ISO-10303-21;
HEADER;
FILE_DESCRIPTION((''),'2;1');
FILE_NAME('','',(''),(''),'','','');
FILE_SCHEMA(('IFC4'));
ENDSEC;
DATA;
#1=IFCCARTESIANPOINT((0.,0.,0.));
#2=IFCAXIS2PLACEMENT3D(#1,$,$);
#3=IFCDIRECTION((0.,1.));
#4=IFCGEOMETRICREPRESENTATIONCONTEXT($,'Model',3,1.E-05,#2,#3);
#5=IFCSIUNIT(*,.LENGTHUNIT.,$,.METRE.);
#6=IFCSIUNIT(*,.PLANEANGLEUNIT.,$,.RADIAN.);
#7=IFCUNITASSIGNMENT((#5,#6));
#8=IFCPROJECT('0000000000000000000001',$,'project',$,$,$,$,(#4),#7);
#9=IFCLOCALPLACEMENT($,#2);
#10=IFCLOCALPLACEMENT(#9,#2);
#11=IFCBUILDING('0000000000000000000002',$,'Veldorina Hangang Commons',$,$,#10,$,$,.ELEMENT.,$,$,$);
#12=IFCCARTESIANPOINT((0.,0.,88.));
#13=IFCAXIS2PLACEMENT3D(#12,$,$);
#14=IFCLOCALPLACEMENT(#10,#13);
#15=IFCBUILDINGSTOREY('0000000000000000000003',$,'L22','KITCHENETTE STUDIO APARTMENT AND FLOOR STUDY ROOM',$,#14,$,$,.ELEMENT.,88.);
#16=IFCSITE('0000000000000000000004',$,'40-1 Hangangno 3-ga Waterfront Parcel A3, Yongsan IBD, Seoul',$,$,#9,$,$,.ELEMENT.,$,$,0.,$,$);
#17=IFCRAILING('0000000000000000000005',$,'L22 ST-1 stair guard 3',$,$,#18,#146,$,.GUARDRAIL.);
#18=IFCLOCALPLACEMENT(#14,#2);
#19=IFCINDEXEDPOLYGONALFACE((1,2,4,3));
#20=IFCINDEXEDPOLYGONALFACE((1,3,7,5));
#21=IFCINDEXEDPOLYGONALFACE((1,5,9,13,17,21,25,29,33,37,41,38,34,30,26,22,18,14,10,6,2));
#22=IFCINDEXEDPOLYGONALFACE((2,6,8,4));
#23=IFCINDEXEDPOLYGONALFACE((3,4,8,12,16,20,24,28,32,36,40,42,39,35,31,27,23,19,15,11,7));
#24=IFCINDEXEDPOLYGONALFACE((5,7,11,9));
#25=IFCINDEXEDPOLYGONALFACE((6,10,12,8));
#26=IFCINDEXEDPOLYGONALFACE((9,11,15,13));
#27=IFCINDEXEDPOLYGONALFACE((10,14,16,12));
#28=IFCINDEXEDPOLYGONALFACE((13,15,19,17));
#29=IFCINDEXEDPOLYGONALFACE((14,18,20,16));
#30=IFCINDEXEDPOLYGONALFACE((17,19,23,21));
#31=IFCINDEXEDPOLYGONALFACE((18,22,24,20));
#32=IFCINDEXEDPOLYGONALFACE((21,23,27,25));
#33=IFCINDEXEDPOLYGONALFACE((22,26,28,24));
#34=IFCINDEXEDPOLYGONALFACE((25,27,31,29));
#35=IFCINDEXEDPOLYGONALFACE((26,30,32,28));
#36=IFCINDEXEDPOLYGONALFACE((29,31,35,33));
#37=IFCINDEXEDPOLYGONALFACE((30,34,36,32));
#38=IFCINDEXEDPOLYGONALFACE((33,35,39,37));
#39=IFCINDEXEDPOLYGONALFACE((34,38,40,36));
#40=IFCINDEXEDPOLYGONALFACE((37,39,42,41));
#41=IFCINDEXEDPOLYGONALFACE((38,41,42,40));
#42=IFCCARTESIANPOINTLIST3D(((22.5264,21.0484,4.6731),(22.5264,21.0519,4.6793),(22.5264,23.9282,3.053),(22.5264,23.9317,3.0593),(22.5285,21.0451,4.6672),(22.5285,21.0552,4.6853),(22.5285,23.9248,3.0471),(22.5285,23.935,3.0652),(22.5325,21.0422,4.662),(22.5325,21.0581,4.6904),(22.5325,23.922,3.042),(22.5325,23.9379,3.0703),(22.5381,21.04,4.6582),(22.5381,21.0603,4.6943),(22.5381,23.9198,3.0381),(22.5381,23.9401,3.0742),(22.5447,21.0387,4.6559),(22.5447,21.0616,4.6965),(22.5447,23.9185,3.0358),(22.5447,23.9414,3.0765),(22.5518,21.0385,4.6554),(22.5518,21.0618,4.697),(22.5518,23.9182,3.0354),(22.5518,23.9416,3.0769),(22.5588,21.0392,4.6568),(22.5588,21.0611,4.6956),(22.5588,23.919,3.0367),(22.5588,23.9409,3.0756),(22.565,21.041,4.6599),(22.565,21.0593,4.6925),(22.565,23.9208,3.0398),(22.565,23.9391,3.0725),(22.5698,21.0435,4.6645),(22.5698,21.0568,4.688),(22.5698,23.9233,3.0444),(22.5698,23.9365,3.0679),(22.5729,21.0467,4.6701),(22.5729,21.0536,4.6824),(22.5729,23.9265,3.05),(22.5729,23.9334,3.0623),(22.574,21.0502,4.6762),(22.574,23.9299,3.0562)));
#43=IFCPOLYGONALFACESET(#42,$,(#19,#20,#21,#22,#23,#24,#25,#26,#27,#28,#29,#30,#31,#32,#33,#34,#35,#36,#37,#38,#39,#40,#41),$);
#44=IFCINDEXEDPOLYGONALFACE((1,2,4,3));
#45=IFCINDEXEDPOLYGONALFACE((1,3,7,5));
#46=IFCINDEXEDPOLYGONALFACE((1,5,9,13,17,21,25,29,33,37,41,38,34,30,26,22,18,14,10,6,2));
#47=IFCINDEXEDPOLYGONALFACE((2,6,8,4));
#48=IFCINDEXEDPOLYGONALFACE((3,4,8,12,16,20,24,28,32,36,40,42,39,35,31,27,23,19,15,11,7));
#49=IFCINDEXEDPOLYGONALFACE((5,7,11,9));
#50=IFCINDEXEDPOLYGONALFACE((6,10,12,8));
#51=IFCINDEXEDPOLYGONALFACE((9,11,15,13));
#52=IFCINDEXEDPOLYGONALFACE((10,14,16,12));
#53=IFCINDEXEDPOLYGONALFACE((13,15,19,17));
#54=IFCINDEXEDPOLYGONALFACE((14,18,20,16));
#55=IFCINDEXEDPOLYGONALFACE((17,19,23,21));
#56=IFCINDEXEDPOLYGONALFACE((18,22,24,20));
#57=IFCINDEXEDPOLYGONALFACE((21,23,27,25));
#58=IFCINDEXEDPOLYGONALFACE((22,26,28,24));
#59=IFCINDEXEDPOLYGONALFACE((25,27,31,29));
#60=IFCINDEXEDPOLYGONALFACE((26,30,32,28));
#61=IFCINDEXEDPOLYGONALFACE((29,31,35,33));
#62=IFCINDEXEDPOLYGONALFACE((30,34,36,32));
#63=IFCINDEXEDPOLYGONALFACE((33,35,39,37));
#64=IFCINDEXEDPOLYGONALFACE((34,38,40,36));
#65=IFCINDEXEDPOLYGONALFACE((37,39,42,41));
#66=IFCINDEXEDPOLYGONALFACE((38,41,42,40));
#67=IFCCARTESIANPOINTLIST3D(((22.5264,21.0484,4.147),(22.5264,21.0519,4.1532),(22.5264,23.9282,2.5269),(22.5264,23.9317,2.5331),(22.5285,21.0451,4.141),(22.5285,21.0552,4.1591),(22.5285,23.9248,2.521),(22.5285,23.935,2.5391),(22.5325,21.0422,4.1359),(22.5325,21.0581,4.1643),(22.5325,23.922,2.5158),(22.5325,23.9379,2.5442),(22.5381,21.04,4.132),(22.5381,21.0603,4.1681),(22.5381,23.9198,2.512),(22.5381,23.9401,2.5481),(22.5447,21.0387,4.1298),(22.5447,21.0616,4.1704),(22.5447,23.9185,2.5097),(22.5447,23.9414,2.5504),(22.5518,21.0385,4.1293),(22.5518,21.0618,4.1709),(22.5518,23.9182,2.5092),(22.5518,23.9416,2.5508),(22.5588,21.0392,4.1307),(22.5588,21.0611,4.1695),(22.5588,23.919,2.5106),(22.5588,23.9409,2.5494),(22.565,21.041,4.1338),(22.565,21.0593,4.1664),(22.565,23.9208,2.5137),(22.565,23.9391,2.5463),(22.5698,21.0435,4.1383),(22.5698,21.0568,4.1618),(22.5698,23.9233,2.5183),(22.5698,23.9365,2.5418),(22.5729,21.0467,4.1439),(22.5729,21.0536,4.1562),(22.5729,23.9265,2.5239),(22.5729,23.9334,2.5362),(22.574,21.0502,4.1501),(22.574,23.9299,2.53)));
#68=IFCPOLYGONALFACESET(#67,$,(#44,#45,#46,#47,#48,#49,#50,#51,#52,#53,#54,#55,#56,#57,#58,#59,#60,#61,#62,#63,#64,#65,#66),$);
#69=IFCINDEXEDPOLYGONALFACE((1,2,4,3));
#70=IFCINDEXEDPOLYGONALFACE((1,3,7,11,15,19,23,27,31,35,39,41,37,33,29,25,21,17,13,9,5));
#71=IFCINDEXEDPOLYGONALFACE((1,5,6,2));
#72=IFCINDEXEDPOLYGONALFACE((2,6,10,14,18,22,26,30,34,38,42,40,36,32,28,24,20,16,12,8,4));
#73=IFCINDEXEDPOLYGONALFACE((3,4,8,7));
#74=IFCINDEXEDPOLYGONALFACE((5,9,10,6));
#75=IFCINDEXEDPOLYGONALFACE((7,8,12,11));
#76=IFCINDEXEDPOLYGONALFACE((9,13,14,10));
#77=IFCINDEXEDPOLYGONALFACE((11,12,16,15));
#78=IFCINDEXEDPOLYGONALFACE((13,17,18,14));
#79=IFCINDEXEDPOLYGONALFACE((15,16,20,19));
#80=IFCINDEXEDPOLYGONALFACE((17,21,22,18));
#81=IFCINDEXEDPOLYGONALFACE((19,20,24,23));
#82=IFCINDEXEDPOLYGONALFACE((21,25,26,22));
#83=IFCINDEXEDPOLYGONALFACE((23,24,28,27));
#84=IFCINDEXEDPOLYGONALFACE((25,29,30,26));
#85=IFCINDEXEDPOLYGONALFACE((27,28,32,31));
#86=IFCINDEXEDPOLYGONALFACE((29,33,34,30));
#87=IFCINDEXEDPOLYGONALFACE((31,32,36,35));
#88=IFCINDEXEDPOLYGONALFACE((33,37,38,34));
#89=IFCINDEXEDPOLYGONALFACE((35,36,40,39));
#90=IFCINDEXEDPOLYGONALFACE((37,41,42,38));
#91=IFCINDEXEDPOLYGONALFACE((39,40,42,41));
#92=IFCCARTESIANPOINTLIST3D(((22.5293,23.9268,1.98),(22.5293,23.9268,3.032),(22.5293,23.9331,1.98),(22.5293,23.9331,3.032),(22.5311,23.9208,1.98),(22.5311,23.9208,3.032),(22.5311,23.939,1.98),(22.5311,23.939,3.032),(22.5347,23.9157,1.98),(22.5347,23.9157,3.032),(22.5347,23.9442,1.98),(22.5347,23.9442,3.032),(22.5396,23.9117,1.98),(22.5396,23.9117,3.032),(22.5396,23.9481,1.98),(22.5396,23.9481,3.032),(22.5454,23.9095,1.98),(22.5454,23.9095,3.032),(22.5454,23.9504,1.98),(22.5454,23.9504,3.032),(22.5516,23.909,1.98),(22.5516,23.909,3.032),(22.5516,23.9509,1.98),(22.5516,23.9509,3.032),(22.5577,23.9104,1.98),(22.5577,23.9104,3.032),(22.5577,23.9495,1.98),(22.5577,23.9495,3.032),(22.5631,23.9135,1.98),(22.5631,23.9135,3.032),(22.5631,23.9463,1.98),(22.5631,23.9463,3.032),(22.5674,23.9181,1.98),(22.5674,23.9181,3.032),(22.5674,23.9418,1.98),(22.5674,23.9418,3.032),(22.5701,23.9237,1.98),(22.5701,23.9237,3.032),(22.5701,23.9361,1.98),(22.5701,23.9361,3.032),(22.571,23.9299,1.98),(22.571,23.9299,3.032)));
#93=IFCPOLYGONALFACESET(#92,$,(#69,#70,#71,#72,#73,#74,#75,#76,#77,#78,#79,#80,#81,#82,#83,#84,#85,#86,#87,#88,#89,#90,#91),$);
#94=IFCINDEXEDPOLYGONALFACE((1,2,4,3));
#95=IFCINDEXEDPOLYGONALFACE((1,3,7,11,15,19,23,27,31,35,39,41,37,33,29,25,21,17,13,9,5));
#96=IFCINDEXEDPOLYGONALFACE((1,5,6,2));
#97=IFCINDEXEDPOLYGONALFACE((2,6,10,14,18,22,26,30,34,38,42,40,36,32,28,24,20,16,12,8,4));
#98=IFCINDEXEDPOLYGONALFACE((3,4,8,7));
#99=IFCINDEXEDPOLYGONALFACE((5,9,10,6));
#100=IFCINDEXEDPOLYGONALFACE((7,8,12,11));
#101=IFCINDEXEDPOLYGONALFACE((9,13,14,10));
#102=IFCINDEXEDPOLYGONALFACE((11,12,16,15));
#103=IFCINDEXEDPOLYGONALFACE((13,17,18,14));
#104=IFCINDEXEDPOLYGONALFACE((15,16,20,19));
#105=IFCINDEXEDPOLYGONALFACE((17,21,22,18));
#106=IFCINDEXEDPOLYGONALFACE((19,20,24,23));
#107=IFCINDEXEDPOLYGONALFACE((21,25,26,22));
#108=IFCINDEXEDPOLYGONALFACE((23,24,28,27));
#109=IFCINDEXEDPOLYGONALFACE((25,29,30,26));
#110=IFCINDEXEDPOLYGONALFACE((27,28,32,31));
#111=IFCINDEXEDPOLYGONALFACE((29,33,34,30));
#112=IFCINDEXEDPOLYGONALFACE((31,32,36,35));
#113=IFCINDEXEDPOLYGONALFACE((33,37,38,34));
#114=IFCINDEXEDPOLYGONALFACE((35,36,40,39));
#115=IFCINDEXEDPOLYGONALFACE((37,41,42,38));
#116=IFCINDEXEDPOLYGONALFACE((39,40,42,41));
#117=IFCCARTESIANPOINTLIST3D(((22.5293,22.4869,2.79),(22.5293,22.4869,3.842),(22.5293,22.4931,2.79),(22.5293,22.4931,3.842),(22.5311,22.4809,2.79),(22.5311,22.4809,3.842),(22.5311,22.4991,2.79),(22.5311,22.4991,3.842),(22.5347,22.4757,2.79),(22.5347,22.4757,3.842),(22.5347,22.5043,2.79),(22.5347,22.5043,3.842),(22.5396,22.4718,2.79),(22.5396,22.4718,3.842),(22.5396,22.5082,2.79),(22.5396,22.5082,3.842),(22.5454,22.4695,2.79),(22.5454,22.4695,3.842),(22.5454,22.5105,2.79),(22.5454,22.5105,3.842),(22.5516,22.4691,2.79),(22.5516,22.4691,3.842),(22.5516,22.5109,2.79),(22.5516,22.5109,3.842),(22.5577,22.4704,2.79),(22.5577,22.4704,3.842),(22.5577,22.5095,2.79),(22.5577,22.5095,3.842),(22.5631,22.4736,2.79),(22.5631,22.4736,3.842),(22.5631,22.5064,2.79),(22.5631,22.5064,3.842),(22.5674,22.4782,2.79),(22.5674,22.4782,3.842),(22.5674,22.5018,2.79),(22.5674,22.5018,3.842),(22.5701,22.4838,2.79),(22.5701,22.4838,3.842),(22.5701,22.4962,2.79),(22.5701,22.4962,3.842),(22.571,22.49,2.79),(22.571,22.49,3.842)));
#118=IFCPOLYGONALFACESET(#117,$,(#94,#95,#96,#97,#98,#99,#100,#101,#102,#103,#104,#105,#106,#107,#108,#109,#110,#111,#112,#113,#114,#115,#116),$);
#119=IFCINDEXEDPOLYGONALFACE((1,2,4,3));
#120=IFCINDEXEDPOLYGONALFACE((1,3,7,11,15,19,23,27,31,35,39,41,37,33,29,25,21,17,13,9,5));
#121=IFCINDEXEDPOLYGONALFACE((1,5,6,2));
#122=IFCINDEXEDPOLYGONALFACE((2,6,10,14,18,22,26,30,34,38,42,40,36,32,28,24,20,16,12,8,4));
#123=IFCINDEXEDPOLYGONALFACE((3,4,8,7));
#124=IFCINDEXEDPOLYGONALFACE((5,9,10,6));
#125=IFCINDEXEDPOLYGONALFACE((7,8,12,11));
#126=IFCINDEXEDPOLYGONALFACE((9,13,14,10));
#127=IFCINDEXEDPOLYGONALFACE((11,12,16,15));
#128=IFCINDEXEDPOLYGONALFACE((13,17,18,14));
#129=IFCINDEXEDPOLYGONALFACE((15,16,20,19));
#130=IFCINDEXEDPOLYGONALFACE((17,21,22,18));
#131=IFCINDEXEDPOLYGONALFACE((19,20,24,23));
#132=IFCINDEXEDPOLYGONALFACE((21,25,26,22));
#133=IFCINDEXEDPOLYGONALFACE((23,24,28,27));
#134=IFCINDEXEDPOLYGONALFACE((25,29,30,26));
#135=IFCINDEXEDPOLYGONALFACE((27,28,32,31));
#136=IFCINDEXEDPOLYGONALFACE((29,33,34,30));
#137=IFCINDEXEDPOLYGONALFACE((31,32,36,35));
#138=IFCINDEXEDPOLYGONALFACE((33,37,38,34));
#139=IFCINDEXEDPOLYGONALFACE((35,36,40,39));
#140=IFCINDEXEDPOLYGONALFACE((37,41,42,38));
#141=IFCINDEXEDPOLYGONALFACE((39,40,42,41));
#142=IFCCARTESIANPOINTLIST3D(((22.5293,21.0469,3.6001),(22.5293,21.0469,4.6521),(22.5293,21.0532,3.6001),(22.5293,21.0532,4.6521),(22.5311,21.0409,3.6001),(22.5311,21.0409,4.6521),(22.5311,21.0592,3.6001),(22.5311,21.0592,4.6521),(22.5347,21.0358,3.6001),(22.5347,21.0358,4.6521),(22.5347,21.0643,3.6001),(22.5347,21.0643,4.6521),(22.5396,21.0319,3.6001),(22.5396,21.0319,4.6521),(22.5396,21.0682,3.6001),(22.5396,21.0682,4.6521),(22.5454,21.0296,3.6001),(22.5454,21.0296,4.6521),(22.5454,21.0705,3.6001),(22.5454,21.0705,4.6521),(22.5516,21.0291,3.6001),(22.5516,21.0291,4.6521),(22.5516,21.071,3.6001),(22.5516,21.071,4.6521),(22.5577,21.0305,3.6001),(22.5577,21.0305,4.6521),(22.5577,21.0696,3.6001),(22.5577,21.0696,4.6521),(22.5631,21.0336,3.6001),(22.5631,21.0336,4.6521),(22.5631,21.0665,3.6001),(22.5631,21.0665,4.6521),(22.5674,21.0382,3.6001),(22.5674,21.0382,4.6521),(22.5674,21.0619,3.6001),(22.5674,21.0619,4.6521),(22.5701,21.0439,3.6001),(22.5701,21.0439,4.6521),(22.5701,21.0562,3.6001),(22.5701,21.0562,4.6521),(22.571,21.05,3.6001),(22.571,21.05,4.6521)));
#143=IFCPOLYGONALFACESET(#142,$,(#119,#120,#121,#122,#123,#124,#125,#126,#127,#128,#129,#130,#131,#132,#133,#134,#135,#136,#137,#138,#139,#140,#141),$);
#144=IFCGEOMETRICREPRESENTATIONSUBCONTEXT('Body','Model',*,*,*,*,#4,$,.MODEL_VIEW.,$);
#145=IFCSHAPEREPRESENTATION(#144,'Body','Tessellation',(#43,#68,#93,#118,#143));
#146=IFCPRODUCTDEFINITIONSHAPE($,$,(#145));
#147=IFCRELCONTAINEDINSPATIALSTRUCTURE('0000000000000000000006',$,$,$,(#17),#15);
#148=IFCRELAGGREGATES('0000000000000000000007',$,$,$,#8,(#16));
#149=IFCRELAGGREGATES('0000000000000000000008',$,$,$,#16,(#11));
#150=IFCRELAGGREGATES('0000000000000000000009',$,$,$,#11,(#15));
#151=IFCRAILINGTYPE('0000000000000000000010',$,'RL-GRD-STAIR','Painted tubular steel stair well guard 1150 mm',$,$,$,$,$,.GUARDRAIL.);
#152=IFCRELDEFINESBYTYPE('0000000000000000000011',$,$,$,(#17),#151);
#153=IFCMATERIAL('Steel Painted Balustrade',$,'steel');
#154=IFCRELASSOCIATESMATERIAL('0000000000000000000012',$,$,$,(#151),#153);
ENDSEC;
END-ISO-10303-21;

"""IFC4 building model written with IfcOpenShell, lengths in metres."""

from ifc_helpers import new_model, si_unit, direction, frame, origin, origin_2d, place, context, subcontext, project, spatial, circle, extrude, material, type_object, element, save


model = new_model("IFC4")

# Units and contexts
model_context = context("Model", 3, precision=1e-05, world=origin(), true_north=direction((0.0, 1.0)))
body_context = subcontext(model_context, "Body", "Model", "MODEL_VIEW")
ifc_project = project(units=[si_unit("LENGTHUNIT", "METRE"), si_unit("PLANEANGLEUNIT", "RADIAN")], contexts=[model_context])

# Site, building, storey
site_placement = place(None, origin())
site = spatial("IfcSite", under=ifc_project, at=site_placement, Name="40-1 Hangangno 3-ga Waterfront Parcel A3, Yongsan IBD, Seoul", CompositionType="ELEMENT", RefElevation=0.0)
building_placement = place(site_placement, origin())
building = spatial("IfcBuilding", under=site, at=building_placement, Name="Veldorina Hangang Commons", CompositionType="ELEMENT")
storey_placement = place(building_placement, frame((0.0, 0.0, 88.0)))
storey = spatial("IfcBuildingStorey", under=building, at=storey_placement, Name="L22", Description="KITCHENETTE STUDIO APARTMENT AND FLOOR STUDY ROOM", CompositionType="ELEMENT", Elevation=88.0)

# Railing
ifc_material_1 = material(Name="Steel Painted Balustrade", Category="steel")
railing_type_1 = type_object("IfcRailingType", Name="RL-GRD-STAIR", Description="Painted tubular steel stair well guard 1150 mm", PredefinedType="GUARDRAIL", material=ifc_material_1)
railing_1_placement = place(storey_placement, frame((22.55, 23.9299, 1.98)))
element("IfcRailing", 1, at=railing_1_placement, inside=storey, type_object=railing_type_1, Name="L22 ST-1 stair guard 3", PredefinedType="GUARDRAIL", context=body_context, shape_type="SweptSolid", body=[
    extrude(circle(Radius=0.0239, at=origin_2d()), frame((0.0, 0.0, 1.0762), z_axis=(0.0, -0.871552, 0.490303), x_axis=(1.0, 0.0, 0.0)), (0.0, 0.0, 1.0), 3.3042),
    extrude(circle(Radius=0.0239, at=origin_2d()), frame((0.0, 0.0, 0.55), z_axis=(0.0, -0.871552, 0.490303), x_axis=(1.0, 0.0, 0.0)), (0.0, 0.0, 1.0), 3.3042),
    extrude(circle(Radius=0.021, at=origin_2d()), origin(), (0.0, 0.0, 1.0), 1.052),
    extrude(circle(Radius=0.021, at=origin_2d()), frame((0.0, -1.4399, 0.8101)), (0.0, 0.0, 1.0), 1.052),
    extrude(circle(Radius=0.021, at=origin_2d()), frame((0.0, -2.8799, 1.6201)), (0.0, 0.0, 1.0), 1.052),
])

save(model, "model.ifc")
